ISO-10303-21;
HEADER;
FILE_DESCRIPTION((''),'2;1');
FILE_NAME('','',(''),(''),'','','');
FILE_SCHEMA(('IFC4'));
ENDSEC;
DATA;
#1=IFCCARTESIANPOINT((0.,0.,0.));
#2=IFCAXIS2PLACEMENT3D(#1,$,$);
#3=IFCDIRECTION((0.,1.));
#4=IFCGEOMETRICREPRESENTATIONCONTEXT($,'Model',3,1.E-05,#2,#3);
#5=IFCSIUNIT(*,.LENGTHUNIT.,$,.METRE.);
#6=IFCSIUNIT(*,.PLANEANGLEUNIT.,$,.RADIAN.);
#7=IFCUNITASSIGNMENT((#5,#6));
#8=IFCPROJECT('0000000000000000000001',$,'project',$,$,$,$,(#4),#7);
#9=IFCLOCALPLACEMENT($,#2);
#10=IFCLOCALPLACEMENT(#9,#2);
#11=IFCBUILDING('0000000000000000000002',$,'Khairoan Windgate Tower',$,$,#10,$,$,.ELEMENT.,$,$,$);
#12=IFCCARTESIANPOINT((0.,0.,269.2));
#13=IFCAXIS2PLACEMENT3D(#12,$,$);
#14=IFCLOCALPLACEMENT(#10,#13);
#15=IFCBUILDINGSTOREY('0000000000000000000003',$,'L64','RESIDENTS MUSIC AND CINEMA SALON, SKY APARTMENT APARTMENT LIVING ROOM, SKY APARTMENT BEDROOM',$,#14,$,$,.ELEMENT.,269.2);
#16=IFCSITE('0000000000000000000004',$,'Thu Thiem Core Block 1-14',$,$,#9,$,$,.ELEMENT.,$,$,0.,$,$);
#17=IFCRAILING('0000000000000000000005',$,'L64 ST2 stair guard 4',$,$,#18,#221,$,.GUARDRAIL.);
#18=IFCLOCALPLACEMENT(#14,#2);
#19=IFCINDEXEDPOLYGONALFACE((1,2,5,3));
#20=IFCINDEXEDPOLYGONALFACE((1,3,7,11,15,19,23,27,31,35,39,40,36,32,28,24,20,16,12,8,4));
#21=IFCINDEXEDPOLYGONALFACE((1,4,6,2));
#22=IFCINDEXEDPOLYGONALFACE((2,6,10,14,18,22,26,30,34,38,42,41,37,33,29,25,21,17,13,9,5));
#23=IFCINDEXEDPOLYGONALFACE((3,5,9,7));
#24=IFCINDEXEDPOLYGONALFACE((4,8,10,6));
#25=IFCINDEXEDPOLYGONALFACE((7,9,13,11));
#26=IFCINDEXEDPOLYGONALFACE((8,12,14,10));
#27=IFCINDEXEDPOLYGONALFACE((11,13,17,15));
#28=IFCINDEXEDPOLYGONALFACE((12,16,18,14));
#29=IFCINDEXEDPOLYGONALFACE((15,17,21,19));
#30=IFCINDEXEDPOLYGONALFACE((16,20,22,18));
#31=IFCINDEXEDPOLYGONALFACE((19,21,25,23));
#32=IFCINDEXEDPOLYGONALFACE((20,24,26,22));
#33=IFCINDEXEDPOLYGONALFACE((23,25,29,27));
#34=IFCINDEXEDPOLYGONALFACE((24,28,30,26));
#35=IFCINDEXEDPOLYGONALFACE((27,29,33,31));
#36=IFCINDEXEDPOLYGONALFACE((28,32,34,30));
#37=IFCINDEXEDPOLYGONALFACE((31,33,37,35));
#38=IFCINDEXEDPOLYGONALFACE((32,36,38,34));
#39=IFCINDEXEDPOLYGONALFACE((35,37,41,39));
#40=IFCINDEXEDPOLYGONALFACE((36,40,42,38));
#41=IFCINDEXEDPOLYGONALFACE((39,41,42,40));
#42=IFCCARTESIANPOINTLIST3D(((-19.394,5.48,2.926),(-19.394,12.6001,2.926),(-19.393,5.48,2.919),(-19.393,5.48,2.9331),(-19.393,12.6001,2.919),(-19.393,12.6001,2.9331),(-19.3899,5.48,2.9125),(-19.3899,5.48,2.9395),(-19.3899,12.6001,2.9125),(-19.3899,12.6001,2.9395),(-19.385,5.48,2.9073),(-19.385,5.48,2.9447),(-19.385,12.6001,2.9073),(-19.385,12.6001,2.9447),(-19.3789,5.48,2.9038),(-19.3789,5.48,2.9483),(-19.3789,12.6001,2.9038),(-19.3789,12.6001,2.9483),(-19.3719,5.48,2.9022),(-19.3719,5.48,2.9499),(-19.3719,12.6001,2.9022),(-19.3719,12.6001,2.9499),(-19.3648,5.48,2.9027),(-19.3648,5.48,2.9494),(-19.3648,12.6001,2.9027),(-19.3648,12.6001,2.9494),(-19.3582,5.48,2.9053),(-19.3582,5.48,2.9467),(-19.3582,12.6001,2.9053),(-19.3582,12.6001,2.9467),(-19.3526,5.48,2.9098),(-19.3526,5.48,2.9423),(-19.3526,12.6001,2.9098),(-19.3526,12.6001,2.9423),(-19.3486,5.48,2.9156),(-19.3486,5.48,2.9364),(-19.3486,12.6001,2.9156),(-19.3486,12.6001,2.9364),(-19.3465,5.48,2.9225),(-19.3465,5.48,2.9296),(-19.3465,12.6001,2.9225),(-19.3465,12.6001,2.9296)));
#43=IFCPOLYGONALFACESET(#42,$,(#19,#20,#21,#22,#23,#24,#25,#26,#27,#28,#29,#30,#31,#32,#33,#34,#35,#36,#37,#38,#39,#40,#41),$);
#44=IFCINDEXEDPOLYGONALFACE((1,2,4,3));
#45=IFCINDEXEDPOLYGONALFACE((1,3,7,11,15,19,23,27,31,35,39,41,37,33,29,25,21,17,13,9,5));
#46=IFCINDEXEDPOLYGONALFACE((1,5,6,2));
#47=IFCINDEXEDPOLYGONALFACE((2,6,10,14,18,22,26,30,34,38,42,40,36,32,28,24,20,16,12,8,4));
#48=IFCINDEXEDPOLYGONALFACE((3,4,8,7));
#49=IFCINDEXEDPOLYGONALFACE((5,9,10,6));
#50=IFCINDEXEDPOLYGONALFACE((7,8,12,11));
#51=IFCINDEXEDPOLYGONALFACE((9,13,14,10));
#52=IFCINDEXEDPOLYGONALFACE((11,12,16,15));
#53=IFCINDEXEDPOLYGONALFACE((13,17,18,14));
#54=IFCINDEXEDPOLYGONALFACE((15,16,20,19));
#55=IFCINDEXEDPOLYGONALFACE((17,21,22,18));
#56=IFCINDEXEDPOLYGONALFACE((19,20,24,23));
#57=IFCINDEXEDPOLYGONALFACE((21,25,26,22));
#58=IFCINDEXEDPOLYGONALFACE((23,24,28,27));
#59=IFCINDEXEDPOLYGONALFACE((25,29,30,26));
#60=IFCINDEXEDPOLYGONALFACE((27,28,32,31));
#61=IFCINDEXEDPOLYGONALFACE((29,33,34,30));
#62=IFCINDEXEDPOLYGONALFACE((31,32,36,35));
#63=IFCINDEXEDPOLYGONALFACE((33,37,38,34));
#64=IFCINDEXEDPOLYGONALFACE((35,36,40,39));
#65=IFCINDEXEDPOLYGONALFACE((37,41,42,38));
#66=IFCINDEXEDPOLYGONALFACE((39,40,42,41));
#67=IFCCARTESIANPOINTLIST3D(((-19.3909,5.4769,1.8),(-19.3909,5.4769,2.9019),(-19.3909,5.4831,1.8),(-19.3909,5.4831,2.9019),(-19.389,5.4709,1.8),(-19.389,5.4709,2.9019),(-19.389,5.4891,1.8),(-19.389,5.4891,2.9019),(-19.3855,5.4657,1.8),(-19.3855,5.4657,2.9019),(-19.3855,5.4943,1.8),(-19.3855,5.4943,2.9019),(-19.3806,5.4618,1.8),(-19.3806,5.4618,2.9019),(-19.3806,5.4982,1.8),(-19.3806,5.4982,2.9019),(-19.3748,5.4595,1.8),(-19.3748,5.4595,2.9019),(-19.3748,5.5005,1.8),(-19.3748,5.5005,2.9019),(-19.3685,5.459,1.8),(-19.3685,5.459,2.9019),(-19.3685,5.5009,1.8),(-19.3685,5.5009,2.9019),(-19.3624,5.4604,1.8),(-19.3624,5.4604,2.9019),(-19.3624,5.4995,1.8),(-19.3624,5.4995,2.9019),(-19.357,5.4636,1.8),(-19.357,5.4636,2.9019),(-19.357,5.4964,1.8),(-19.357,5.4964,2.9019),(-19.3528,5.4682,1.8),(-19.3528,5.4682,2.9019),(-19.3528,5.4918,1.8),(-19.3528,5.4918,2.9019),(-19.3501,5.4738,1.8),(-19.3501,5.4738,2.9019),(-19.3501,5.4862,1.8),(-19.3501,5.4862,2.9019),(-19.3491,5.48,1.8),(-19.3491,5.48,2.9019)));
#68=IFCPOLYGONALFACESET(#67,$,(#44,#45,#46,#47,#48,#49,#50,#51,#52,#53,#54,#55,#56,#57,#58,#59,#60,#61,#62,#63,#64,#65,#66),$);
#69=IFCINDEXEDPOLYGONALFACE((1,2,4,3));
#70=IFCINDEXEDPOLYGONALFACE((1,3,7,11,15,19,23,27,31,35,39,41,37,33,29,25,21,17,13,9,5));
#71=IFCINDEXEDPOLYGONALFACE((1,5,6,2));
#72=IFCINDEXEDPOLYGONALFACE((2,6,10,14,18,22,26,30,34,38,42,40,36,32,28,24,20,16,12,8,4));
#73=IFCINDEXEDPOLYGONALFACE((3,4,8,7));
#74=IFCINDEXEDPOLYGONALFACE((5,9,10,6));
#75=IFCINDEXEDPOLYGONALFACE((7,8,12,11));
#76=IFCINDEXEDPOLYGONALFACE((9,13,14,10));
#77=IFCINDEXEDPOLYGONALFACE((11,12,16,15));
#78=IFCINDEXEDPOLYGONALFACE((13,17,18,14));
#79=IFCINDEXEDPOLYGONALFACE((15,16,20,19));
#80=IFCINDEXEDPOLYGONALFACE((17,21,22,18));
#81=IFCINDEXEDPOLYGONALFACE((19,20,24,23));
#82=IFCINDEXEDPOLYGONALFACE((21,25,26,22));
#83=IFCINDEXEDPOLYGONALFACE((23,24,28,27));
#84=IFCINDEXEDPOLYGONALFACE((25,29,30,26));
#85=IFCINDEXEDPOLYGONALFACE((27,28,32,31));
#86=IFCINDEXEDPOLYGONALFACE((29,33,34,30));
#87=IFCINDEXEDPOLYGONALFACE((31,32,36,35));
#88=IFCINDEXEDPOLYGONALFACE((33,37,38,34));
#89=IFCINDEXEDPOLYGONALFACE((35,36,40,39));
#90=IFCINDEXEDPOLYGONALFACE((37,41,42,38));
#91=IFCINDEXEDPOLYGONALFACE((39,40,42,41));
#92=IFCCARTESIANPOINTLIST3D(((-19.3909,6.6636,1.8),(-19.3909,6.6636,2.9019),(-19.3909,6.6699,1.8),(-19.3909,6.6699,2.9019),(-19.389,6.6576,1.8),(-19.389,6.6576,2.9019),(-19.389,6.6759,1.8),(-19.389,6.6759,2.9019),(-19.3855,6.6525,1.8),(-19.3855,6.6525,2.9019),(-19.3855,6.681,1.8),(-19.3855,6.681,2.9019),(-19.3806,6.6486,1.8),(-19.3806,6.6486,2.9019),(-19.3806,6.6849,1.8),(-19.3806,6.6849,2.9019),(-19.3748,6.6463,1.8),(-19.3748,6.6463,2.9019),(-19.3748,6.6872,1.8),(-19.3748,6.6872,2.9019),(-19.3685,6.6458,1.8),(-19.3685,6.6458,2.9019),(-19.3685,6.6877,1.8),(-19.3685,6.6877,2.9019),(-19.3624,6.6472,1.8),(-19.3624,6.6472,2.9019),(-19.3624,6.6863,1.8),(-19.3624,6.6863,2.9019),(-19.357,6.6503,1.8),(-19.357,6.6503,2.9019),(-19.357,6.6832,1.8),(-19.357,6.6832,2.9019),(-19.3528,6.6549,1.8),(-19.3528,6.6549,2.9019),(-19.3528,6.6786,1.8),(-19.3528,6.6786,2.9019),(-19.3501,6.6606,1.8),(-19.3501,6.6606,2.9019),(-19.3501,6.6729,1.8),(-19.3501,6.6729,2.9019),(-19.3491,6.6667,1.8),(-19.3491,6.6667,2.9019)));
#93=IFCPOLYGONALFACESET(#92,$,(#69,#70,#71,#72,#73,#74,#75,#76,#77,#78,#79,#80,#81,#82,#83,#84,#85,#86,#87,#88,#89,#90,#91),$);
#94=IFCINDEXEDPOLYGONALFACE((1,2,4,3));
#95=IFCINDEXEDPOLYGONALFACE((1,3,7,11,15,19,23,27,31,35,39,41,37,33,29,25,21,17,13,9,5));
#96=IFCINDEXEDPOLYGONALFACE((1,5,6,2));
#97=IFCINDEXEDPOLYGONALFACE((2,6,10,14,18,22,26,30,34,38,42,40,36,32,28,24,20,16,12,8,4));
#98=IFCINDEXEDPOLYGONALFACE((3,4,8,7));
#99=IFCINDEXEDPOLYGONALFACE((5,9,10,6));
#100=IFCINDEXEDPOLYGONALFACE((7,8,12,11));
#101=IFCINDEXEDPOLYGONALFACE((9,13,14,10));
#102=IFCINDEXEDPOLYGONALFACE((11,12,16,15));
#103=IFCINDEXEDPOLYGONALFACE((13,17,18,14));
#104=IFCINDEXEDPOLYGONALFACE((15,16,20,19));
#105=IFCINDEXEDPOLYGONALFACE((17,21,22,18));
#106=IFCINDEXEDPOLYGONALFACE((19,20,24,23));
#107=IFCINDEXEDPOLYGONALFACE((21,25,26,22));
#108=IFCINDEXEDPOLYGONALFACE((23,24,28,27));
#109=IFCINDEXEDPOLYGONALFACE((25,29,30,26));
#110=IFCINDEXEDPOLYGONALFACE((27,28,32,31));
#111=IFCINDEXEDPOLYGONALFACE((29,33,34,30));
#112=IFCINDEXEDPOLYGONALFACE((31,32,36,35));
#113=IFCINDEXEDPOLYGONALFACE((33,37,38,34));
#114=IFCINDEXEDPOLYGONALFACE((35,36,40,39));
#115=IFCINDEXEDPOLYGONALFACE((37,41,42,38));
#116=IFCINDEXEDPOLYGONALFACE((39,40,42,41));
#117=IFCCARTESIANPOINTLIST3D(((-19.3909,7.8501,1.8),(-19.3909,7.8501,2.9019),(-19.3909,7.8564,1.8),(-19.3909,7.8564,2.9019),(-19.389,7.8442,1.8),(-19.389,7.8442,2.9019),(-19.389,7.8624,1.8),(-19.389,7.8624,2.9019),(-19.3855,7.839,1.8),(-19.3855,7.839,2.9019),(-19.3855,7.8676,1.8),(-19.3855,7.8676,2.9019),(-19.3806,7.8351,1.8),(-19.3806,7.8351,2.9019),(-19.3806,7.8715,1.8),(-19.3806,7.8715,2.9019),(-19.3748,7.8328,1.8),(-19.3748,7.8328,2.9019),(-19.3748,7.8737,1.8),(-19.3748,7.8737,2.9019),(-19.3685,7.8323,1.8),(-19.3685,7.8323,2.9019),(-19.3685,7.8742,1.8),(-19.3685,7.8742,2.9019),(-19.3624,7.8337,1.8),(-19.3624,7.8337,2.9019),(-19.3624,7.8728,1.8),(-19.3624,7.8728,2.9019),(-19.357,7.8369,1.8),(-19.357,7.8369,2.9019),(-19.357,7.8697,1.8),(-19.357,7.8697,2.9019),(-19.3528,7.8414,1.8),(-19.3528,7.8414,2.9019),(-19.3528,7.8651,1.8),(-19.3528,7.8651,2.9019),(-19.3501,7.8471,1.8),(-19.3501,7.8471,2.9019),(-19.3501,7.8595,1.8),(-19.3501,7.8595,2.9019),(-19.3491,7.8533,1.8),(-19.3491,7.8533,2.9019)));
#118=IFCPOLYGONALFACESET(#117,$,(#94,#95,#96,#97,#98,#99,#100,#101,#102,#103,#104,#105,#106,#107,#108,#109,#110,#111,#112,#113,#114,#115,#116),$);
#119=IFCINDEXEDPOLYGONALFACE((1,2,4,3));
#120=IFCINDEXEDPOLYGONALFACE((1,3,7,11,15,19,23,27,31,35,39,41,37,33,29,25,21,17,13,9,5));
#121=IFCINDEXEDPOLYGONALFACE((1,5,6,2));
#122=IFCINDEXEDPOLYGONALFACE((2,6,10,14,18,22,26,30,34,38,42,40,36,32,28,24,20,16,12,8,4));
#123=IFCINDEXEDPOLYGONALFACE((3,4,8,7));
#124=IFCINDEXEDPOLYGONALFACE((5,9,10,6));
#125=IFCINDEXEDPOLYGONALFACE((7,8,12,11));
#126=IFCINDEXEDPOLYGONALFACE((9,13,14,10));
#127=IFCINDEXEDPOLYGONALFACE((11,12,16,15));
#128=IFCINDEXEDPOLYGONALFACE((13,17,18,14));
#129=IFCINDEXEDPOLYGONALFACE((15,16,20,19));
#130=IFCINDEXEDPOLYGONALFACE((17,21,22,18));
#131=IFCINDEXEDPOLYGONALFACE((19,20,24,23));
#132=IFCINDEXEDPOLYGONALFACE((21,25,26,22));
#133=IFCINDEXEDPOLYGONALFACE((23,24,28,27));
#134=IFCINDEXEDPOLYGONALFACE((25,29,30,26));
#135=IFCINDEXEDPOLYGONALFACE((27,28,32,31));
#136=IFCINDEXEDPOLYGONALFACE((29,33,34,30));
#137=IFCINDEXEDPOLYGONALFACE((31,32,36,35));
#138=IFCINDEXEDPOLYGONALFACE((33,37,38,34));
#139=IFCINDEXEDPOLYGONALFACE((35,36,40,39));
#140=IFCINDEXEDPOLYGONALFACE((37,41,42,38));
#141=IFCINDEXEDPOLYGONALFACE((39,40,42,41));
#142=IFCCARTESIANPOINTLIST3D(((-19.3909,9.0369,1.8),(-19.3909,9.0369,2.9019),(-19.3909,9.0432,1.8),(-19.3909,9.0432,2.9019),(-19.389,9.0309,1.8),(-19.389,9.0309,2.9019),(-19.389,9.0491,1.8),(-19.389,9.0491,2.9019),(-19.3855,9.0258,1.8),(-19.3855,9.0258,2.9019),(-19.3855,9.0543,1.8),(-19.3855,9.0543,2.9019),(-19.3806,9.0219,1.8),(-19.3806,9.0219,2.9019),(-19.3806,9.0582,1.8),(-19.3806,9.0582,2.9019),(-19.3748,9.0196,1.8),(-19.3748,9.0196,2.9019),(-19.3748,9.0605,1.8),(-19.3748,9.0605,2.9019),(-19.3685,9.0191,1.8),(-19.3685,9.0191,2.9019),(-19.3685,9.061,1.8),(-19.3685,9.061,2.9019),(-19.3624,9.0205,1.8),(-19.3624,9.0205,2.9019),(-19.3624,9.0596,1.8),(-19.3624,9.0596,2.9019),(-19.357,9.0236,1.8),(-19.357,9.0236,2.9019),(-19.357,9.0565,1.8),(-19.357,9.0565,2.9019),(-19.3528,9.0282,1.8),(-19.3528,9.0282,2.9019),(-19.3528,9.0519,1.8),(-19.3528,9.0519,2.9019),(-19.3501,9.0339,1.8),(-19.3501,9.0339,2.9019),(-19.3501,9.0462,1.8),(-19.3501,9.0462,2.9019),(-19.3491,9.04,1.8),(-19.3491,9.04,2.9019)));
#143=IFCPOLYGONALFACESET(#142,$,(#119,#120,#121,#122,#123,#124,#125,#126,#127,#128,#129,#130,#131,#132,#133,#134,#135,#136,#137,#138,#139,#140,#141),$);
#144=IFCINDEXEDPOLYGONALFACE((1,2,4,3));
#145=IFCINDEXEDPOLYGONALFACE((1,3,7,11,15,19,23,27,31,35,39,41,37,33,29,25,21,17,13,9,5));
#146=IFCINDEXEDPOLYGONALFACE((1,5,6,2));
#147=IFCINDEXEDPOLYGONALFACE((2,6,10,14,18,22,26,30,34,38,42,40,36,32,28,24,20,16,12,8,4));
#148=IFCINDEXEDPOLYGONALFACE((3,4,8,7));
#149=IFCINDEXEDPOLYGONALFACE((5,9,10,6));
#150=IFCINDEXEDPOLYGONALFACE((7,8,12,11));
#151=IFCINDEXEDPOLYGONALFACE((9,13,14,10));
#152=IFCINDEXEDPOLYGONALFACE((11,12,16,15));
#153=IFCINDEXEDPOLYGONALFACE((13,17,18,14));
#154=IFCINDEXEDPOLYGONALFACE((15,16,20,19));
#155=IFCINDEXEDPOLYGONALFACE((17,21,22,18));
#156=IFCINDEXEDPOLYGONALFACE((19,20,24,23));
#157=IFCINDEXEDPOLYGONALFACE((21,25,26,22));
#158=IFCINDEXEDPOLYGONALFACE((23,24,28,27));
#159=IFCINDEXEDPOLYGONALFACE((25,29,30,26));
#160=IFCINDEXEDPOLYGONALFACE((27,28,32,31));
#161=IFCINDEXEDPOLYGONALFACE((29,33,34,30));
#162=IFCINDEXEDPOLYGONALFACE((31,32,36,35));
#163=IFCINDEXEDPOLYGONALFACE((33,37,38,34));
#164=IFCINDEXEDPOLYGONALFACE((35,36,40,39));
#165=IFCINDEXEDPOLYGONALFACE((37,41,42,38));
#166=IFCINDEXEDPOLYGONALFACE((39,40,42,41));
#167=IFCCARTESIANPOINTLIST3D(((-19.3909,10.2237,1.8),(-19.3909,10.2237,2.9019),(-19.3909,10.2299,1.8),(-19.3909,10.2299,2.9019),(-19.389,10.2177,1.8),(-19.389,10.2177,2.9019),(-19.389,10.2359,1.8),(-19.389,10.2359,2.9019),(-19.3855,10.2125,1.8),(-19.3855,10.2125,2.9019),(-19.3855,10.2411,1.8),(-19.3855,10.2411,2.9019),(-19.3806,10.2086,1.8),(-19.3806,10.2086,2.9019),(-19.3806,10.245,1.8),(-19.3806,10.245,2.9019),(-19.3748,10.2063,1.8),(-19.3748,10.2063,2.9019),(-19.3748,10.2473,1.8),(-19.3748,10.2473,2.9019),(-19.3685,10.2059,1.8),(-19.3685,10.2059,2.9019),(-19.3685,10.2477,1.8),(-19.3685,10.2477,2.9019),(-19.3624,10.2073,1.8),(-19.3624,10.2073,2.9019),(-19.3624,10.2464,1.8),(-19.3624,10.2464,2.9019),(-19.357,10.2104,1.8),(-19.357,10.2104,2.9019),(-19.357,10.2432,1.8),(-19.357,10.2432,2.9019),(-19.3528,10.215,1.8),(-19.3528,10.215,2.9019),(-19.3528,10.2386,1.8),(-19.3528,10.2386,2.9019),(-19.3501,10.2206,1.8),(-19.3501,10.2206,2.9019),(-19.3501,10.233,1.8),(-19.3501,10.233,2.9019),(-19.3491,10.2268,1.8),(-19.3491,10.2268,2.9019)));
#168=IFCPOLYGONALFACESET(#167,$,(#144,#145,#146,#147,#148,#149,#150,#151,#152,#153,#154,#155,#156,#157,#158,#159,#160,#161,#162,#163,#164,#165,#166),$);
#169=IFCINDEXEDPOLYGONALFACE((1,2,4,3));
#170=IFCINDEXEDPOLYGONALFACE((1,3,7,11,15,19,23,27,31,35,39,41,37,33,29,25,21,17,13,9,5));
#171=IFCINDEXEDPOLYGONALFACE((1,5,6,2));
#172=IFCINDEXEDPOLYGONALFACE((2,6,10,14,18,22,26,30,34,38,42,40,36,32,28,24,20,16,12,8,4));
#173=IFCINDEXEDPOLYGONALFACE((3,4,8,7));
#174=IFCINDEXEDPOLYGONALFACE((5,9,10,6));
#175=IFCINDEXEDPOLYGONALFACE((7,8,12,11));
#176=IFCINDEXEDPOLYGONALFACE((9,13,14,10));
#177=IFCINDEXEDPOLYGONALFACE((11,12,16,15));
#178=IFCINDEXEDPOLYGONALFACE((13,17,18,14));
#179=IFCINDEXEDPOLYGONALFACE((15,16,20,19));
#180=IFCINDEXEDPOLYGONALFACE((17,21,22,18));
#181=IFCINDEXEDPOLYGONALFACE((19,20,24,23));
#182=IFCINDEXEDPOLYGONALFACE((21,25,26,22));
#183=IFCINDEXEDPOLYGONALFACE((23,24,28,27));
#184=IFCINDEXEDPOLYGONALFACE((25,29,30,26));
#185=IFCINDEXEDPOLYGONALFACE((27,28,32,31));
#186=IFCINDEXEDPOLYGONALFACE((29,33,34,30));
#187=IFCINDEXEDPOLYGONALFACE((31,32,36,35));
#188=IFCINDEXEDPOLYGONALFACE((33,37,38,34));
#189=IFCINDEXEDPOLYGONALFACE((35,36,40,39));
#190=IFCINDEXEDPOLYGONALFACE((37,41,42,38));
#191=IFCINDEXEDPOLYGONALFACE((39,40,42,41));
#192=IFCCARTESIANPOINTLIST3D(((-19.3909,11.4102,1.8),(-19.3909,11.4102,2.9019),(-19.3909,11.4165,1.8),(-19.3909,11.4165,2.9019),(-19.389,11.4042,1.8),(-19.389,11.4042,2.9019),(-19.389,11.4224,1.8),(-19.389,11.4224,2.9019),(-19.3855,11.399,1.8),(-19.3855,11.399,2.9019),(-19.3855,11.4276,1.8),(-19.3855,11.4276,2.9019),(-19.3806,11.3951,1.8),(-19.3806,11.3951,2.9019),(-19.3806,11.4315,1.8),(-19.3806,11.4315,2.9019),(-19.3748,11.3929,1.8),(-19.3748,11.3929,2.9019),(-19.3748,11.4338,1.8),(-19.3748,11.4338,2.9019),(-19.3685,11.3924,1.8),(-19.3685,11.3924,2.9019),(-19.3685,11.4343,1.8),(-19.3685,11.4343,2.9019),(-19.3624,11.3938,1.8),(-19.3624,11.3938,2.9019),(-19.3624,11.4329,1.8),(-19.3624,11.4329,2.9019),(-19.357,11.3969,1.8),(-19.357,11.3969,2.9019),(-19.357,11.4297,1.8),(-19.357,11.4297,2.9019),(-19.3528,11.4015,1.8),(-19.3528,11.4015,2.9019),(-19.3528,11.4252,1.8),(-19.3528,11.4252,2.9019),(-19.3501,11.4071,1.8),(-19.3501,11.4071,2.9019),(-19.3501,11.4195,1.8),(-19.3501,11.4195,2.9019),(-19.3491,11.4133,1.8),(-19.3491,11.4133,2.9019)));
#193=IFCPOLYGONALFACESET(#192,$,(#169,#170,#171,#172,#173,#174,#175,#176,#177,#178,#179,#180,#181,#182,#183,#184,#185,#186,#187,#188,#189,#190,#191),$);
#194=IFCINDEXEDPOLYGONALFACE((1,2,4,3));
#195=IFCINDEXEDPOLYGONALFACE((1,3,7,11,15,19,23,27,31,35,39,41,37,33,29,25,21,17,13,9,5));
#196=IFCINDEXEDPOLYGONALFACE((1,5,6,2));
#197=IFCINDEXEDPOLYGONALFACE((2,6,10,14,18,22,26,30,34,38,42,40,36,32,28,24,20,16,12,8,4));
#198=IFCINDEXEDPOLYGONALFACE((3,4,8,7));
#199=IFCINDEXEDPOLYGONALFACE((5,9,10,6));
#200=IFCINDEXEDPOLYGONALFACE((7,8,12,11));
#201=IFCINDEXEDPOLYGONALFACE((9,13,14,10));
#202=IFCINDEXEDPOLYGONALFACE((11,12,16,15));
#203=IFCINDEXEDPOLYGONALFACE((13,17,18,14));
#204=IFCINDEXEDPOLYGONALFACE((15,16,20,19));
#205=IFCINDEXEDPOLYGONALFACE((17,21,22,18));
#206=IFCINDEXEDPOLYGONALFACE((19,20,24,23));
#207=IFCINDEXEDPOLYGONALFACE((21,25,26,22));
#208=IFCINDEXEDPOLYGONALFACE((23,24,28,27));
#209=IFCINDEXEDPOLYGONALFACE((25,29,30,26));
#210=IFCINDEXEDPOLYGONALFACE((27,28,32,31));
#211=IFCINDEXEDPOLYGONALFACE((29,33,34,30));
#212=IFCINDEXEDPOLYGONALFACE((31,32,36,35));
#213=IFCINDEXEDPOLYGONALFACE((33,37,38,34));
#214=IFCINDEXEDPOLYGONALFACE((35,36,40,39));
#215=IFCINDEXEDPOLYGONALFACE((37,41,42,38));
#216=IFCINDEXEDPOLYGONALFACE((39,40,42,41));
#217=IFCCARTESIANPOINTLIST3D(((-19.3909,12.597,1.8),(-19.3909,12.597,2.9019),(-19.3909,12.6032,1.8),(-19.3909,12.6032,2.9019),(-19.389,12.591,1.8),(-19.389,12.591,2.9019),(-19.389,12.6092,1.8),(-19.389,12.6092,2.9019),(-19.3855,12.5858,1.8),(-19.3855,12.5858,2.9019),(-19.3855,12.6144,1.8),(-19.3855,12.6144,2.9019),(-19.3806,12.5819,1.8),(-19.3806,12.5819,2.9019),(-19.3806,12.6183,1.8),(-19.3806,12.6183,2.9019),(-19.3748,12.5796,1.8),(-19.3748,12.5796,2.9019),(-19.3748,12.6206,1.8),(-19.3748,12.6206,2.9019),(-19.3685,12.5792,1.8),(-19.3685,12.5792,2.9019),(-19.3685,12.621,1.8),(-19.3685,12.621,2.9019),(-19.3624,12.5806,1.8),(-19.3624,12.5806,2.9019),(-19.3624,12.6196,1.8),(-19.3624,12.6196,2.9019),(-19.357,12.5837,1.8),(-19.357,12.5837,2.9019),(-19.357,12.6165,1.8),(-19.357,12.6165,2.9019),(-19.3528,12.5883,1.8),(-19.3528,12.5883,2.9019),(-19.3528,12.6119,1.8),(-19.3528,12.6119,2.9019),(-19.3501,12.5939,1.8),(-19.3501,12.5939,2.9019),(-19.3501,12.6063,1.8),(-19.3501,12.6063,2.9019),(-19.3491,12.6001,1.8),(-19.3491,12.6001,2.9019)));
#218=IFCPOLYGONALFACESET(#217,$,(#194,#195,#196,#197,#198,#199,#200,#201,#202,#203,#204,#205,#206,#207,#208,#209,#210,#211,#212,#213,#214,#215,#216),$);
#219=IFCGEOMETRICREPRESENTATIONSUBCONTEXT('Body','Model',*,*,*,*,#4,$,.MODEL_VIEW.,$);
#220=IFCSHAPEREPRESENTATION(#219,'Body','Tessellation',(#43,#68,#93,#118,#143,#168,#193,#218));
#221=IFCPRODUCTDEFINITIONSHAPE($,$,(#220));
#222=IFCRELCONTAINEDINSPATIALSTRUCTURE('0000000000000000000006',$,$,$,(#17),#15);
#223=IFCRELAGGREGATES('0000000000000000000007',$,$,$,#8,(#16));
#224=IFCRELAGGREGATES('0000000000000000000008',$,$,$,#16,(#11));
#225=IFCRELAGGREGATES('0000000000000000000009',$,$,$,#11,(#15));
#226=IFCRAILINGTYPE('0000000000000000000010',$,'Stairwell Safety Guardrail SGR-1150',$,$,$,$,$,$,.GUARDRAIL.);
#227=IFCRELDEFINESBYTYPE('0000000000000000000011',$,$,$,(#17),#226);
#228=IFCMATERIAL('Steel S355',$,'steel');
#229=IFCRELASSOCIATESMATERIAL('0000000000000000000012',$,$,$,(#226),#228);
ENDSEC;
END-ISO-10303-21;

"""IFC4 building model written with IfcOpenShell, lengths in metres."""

from ifc_helpers import new_model, si_unit, direction, frame, origin, origin_2d, place, context, subcontext, project, spatial, circle, extrude, material, type_object, element, save


model = new_model("IFC4")

# Units and contexts
model_context = context("Model", 3, precision=1e-05, world=origin(), true_north=direction((0.0, 1.0)))
body_context = subcontext(model_context, "Body", "Model", "MODEL_VIEW")
ifc_project = project(units=[si_unit("LENGTHUNIT", "METRE"), si_unit("PLANEANGLEUNIT", "RADIAN")], contexts=[model_context])

# Site, building, storey
site_placement = place(None, origin())
site = spatial("IfcSite", under=ifc_project, at=site_placement, Name="Thu Thiem Core Block 1-14", CompositionType="ELEMENT", RefElevation=0.0)
building_placement = place(site_placement, origin())
building = spatial("IfcBuilding", under=site, at=building_placement, Name="Khairoan Windgate Tower", CompositionType="ELEMENT")
storey_placement = place(building_placement, frame((0.0, 0.0, 269.2)))
storey = spatial("IfcBuildingStorey", under=building, at=storey_placement, Name="L64", Description="RESIDENTS MUSIC AND CINEMA SALON, SKY APARTMENT APARTMENT LIVING ROOM, SKY APARTMENT BEDROOM", CompositionType="ELEMENT", Elevation=269.2)

# Railing
ifc_material_1 = material(Name="Steel S355", Category="steel")
railing_type_1 = type_object("IfcRailingType", Name="Stairwell Safety Guardrail SGR-1150", PredefinedType="GUARDRAIL", material=ifc_material_1)
railing_1_placement = place(storey_placement, frame((-19.3701, 5.48, 1.8)))
element("IfcRailing", 1, at=railing_1_placement, inside=storey, type_object=railing_type_1, Name="L64 ST2 stair guard 4", PredefinedType="GUARDRAIL", context=body_context, shape_type="SweptSolid", body=[
    extrude(circle(Radius=0.0239, at=origin_2d()), frame((0.0, 0.0, 1.126), z_axis=(0.0, 1.0, 0.0), x_axis=(-1.0, 0.0, 0.0)), (0.0, 0.0, 1.0), 7.1201),
    extrude(circle(Radius=0.021, at=origin_2d()), origin(), (0.0, 0.0, 1.0), 1.1018),
    extrude(circle(Radius=0.021, at=origin_2d()), frame((0.0, 1.1868, 0.0)), (0.0, 0.0, 1.0), 1.1018),
    extrude(circle(Radius=0.021, at=origin_2d()), frame((0.0, 2.3733, 0.0)), (0.0, 0.0, 1.0), 1.1018),
    extrude(circle(Radius=0.021, at=origin_2d()), frame((0.0, 3.5601, 0.0)), (0.0, 0.0, 1.0), 1.1018),
    extrude(circle(Radius=0.021, at=origin_2d()), frame((0.0, 4.7468, 0.0)), (0.0, 0.0, 1.0), 1.1018),
    extrude(circle(Radius=0.021, at=origin_2d()), frame((0.0, 5.9333, 0.0)), (0.0, 0.0, 1.0), 1.1018),
    extrude(circle(Radius=0.021, at=origin_2d()), frame((0.0, 7.1201, 0.0)), (0.0, 0.0, 1.0), 1.1018),
])

save(model, "model.ifc")
